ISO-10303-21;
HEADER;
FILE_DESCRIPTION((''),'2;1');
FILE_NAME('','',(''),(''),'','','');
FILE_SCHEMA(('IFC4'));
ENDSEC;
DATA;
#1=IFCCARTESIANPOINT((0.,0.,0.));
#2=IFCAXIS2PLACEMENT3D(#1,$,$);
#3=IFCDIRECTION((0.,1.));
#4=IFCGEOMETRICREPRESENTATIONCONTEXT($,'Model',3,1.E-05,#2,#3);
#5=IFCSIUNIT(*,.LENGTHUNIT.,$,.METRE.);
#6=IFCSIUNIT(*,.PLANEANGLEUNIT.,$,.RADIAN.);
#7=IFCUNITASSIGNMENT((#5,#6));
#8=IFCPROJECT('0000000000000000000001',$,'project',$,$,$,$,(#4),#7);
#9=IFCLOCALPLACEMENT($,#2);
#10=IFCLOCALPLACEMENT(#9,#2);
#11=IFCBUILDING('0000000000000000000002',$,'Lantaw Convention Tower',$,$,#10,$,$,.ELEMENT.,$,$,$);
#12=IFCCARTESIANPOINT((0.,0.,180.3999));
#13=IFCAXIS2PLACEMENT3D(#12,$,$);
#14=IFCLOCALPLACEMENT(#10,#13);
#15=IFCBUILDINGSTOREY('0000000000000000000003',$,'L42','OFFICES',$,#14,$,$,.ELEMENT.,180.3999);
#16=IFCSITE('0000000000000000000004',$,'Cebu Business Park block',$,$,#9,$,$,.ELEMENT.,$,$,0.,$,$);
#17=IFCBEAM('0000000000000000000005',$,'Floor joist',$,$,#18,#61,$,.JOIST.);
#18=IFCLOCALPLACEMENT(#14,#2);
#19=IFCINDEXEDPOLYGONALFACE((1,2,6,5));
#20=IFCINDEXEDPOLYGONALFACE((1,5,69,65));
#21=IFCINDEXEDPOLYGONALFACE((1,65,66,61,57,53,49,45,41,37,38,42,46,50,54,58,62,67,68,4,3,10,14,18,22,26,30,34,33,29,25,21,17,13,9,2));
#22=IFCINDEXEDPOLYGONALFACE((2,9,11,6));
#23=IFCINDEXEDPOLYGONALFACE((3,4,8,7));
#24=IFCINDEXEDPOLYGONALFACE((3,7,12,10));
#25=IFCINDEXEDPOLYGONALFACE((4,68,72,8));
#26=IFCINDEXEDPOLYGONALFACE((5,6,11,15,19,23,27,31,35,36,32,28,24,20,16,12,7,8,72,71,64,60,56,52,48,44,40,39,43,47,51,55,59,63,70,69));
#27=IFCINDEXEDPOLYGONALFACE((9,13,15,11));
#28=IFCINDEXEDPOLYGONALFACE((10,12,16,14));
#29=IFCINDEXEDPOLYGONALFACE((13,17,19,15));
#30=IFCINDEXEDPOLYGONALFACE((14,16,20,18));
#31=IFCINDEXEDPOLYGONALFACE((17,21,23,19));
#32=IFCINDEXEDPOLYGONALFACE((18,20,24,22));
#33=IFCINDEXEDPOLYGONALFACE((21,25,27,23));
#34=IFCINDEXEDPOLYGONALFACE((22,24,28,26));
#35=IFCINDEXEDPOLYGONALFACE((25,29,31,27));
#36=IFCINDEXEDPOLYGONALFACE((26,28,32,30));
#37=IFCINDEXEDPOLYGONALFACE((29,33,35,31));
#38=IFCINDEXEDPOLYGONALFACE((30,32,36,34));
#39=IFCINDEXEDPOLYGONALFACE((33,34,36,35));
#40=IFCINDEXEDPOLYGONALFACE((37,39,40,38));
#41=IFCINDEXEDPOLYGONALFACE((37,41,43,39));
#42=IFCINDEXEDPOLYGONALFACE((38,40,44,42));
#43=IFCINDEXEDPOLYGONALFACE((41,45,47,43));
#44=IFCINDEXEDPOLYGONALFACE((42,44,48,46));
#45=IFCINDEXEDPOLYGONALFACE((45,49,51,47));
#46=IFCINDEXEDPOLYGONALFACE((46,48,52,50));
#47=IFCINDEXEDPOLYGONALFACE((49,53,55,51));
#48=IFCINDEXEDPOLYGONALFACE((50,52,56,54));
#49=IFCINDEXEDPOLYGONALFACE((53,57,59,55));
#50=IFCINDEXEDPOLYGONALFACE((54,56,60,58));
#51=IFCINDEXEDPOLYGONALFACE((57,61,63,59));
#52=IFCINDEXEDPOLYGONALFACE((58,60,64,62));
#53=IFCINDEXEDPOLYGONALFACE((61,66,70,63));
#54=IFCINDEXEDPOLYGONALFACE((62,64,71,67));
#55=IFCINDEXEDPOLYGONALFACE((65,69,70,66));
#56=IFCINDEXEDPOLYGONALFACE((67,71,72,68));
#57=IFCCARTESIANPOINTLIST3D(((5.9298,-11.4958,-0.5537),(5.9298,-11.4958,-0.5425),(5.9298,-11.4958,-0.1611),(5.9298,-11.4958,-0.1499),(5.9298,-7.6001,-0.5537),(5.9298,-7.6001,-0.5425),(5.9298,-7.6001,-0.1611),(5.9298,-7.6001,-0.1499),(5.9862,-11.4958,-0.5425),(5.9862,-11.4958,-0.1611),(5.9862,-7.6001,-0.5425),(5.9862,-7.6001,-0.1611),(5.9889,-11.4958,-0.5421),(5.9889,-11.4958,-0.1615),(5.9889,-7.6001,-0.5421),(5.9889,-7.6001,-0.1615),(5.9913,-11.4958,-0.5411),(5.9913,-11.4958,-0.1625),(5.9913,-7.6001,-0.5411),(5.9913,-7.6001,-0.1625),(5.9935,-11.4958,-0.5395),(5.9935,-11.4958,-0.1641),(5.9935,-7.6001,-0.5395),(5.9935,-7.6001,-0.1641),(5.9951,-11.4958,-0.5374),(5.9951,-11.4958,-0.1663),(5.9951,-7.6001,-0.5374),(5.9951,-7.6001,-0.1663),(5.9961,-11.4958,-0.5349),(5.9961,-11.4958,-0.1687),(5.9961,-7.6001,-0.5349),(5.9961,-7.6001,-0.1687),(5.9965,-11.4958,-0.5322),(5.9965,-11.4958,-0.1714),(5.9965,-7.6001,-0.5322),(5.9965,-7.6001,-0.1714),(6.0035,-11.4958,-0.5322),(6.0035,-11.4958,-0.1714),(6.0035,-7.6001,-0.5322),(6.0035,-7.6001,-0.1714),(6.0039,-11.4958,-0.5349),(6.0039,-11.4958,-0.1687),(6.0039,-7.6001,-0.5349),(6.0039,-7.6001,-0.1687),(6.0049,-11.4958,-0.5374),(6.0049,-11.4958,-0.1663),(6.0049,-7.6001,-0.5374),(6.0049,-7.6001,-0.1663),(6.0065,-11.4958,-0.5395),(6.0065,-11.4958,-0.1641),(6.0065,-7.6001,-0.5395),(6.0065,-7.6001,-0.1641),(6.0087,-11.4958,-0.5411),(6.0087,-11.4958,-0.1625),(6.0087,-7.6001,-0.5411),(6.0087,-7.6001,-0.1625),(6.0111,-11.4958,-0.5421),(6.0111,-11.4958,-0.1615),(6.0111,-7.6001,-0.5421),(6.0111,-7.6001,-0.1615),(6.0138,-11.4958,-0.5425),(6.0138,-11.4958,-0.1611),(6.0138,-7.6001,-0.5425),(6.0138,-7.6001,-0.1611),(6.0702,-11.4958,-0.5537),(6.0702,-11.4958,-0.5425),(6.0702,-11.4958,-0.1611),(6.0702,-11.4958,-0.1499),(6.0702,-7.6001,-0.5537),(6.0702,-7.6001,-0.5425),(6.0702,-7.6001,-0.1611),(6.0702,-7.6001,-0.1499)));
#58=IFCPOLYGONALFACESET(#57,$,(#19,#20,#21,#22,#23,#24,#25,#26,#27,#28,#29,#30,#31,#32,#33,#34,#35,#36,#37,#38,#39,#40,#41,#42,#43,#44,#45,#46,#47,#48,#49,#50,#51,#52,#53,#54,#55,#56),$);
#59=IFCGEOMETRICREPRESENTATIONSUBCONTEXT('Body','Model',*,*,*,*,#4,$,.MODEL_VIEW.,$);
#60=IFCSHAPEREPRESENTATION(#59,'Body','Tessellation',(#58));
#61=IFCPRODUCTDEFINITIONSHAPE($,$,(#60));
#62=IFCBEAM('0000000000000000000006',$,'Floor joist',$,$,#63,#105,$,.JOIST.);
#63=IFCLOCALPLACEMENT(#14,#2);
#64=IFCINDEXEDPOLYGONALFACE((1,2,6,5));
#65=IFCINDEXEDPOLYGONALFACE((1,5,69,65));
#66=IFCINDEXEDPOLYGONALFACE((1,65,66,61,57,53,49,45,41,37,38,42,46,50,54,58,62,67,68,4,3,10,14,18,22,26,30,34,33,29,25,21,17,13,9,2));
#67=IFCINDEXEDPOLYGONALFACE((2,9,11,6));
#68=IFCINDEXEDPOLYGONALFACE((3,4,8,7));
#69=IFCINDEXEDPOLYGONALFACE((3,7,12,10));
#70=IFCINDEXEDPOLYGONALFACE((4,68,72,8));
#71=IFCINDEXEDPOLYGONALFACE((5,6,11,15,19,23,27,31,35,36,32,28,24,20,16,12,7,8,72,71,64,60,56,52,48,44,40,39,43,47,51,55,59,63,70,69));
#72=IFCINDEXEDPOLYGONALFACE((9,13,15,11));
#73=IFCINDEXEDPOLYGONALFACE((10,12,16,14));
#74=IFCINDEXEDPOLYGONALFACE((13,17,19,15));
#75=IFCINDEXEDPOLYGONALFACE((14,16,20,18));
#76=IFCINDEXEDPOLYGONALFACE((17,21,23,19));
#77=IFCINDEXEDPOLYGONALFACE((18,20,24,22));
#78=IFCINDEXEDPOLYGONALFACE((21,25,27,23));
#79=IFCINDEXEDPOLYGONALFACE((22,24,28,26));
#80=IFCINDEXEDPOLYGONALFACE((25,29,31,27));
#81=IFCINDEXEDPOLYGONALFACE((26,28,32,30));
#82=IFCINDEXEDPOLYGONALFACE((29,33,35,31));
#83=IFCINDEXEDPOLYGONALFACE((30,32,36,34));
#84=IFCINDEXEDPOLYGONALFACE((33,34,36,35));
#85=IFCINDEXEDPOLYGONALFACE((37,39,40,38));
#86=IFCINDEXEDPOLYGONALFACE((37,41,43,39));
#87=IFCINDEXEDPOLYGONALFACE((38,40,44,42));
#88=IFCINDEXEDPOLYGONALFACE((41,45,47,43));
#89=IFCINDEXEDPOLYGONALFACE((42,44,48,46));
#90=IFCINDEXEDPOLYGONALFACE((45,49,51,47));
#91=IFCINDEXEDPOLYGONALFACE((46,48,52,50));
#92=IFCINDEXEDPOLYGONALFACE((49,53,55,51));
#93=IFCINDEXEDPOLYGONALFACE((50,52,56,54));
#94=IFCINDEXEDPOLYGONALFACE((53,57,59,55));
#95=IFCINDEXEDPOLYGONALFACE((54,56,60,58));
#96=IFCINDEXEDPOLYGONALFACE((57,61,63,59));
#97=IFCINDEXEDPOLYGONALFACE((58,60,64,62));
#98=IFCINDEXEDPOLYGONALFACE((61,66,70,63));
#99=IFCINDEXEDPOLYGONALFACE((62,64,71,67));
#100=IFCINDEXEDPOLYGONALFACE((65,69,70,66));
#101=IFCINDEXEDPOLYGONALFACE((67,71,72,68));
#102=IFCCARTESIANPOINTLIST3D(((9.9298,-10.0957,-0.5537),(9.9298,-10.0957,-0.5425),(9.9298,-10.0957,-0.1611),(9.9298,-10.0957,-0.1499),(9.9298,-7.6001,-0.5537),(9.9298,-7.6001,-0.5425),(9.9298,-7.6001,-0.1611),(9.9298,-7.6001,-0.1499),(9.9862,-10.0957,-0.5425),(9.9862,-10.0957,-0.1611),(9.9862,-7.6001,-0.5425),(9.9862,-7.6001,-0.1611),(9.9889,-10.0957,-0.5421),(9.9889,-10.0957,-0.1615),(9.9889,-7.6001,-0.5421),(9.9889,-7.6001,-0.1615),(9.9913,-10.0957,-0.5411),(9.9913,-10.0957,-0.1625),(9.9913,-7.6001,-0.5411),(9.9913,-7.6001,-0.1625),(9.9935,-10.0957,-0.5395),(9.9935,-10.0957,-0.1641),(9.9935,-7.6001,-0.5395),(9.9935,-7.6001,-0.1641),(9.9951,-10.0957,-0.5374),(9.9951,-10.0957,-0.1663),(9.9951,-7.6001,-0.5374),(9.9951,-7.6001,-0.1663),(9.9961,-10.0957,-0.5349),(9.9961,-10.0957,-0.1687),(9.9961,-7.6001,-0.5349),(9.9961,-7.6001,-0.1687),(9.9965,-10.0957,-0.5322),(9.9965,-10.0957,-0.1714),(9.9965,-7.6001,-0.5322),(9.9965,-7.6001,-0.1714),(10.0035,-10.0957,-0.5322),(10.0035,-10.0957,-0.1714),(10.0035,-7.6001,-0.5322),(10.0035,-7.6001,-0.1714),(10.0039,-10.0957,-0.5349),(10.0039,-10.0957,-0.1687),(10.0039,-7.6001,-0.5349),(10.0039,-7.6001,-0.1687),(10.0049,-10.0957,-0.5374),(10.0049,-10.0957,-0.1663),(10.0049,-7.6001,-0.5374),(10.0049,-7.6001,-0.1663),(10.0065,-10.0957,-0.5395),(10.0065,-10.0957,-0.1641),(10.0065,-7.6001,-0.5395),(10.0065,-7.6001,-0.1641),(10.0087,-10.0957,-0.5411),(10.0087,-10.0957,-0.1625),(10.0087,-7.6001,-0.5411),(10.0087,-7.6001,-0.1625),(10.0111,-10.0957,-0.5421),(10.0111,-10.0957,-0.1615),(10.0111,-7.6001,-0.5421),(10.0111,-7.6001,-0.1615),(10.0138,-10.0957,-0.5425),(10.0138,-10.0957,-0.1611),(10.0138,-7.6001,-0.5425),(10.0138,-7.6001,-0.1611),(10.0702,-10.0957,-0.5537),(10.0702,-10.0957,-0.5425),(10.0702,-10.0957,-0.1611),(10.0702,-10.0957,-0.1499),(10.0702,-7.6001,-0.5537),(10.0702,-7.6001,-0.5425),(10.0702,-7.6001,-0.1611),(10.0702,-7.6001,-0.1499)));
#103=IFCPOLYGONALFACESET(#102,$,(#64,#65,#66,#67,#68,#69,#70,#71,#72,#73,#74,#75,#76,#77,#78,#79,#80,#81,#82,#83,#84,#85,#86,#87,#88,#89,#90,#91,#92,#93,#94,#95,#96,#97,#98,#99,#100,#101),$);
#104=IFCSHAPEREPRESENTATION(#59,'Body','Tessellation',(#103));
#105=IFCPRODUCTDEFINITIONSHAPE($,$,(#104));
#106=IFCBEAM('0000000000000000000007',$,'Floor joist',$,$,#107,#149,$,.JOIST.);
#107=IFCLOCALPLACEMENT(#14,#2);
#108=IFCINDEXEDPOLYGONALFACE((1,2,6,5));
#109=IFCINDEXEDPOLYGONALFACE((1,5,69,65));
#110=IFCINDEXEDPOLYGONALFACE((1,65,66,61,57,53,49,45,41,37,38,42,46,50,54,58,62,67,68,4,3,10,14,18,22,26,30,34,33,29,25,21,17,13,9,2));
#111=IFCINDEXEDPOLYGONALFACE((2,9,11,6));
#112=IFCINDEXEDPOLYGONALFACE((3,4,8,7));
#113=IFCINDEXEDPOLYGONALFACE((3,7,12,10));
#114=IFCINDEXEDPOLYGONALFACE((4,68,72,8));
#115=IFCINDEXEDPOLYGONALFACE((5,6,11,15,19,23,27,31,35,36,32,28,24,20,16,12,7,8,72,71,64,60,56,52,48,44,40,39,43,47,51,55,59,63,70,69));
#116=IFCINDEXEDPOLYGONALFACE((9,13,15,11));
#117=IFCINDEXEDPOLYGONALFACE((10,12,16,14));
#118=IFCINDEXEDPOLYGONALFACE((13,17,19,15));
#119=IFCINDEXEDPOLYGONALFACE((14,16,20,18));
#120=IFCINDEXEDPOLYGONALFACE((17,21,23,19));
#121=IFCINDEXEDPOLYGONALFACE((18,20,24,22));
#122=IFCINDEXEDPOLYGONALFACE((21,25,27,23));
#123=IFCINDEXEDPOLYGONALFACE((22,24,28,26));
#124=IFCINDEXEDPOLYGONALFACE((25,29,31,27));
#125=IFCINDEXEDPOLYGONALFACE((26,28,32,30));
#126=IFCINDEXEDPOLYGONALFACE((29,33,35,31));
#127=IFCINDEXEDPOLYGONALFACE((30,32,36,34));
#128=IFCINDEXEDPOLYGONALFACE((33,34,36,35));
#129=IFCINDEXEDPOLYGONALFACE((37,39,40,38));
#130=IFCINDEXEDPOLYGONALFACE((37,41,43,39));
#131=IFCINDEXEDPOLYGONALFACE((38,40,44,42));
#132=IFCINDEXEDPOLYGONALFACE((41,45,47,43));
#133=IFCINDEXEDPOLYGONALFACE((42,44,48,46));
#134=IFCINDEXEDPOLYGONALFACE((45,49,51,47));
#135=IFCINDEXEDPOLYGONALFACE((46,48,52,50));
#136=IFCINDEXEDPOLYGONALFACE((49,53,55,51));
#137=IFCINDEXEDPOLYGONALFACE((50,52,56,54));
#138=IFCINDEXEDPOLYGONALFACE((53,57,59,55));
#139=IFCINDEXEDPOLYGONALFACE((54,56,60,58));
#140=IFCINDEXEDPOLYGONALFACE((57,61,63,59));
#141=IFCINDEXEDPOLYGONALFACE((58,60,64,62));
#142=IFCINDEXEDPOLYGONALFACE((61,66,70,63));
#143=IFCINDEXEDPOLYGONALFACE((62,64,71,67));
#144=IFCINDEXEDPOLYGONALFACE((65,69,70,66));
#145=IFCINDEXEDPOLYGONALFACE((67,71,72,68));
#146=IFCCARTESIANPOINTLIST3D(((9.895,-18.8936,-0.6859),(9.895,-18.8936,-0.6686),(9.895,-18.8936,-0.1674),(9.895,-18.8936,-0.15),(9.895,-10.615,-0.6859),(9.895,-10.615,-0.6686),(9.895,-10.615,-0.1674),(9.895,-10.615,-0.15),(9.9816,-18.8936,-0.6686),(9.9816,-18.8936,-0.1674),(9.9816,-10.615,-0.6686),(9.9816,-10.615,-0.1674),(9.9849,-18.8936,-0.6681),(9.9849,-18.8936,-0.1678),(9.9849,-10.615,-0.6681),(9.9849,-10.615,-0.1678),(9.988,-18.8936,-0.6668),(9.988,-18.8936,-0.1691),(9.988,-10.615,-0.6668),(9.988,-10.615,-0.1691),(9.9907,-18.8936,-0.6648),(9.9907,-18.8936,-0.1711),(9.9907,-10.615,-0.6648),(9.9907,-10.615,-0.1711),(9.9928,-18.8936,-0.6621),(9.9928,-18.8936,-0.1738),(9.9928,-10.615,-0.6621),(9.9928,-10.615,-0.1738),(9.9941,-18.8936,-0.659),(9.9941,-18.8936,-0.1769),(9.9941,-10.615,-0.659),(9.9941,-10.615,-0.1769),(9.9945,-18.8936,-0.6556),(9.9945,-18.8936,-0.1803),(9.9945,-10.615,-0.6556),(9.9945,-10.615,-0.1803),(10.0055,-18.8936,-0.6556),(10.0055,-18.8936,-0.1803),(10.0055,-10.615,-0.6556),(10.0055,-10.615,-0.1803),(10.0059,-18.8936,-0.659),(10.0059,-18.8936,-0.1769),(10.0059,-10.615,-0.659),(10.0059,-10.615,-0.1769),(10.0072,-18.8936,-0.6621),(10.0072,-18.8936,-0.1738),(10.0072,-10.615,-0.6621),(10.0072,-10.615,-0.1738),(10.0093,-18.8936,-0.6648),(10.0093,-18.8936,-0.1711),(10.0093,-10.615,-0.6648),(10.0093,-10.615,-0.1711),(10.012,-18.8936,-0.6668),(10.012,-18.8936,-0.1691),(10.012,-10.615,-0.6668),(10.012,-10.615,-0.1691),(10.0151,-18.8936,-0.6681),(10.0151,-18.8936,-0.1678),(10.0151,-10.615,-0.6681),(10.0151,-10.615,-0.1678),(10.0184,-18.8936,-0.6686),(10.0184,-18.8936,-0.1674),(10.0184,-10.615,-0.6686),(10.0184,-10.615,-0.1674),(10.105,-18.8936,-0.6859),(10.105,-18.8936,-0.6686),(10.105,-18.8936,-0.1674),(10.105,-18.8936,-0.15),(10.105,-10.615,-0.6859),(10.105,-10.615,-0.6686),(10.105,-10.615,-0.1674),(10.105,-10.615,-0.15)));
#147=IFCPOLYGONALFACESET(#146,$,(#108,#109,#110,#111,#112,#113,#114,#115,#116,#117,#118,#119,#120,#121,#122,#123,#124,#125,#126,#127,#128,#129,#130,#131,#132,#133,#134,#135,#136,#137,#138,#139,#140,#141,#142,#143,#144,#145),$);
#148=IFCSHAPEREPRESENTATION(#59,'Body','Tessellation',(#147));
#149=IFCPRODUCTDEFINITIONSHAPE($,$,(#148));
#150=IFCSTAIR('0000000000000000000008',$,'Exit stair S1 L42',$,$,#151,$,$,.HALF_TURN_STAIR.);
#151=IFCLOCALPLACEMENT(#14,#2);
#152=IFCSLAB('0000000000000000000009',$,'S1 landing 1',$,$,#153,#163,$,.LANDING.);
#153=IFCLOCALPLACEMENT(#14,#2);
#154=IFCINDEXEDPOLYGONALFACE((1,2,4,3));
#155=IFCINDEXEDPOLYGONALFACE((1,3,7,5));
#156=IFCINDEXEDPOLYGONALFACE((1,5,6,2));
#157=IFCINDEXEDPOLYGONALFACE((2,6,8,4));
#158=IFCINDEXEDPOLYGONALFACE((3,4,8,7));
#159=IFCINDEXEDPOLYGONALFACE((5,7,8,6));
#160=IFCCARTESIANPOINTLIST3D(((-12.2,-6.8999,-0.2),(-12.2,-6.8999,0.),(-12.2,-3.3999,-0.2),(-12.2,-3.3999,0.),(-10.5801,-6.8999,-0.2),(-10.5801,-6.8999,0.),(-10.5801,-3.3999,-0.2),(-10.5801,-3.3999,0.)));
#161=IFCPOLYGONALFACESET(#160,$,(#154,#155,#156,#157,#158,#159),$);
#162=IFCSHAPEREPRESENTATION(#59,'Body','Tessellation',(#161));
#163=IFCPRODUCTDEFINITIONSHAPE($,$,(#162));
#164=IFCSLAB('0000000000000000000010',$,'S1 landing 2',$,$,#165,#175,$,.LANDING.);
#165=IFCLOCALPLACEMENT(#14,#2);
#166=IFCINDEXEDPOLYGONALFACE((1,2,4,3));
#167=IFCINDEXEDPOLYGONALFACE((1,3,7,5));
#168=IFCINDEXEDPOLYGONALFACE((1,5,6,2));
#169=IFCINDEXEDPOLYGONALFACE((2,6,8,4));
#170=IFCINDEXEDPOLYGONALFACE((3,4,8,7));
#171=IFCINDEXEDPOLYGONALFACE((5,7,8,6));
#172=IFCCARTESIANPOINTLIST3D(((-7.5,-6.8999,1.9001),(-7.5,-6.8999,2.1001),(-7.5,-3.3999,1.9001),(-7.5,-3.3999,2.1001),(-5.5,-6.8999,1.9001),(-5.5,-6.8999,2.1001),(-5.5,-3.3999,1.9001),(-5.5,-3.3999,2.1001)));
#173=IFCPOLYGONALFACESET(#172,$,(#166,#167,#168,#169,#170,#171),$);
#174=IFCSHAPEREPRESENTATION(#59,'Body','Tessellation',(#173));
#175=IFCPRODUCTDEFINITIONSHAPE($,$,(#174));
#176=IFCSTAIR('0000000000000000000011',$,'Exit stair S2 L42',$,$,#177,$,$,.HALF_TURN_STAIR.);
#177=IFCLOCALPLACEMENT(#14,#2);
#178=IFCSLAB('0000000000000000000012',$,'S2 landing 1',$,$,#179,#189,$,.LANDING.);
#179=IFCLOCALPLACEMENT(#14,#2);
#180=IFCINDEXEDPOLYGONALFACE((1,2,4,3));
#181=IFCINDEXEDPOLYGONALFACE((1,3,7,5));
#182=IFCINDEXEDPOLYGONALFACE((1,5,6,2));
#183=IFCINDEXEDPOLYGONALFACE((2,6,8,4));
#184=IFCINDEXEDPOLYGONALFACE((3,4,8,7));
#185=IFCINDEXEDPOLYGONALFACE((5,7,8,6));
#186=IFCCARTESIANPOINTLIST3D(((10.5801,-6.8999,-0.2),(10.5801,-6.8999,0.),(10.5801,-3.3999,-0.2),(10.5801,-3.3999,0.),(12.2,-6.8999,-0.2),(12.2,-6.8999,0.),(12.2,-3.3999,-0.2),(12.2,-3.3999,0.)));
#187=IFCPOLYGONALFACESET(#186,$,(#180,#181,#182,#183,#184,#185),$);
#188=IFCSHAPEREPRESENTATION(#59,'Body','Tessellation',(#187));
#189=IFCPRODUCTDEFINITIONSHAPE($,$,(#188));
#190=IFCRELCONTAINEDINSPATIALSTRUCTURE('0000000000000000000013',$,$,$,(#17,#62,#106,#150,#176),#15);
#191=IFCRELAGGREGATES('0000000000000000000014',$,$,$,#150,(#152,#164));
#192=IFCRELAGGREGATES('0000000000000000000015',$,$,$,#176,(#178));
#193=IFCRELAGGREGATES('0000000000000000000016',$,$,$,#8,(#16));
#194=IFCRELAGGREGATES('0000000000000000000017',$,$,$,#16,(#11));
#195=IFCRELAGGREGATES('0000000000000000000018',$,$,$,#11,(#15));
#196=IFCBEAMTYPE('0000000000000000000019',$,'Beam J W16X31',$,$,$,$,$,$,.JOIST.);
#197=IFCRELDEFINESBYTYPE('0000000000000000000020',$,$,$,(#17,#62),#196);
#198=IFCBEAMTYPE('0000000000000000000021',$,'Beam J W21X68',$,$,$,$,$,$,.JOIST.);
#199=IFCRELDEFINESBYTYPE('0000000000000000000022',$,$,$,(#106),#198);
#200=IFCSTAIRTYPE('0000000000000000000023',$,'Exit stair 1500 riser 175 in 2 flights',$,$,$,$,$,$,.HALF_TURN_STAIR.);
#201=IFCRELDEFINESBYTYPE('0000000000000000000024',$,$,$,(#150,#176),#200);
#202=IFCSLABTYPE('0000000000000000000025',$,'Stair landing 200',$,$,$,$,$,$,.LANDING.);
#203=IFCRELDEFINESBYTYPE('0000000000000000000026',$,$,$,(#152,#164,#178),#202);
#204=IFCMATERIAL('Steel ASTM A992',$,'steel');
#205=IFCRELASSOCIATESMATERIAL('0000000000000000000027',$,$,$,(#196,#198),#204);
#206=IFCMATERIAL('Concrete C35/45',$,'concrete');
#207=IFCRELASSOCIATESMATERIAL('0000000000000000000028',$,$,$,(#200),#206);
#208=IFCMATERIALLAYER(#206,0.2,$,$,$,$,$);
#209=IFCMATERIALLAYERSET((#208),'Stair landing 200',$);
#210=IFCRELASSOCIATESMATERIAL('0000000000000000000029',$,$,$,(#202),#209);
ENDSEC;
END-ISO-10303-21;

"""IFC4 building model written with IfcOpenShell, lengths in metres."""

from ifc_helpers import new_model, si_unit, direction, frame, origin, origin_2d, place, context, subcontext, project, spatial, polyline, i_section, outline, extrude, material, layer, layer_set, material_profile, profile_set, type_object, element, aggregate, save


model = new_model("IFC4")

# Units and contexts
model_context = context("Model", 3, precision=1e-05, world=origin(), true_north=direction((0.0, 1.0)))
body_context = subcontext(model_context, "Body", "Model", "MODEL_VIEW")
ifc_project = project(units=[si_unit("LENGTHUNIT", "METRE"), si_unit("PLANEANGLEUNIT", "RADIAN")], contexts=[model_context])

# Site, building, storey
site_placement = place(None, origin())
site = spatial("IfcSite", under=ifc_project, at=site_placement, Name="Cebu Business Park block", CompositionType="ELEMENT", RefElevation=0.0)
building_placement = place(site_placement, origin())
building = spatial("IfcBuilding", under=site, at=building_placement, Name="Lantaw Convention Tower", CompositionType="ELEMENT")
storey_placement = place(building_placement, frame((0.0, 0.0, 180.3999)))
storey = spatial("IfcBuildingStorey", under=building, at=storey_placement, Name="L42", Description="OFFICES", CompositionType="ELEMENT", Elevation=180.3999)

# Beams
ifc_material_1 = material(Name="Steel ASTM A992", Category="steel")
ifc_material_profile_1 = material_profile(ifc_material_1, i_section(OverallWidth=0.1404, OverallDepth=0.4038, WebThickness=0.0071, FlangeThickness=0.0112, FilletRadius=0.0103, at=origin_2d()), Name="W16X31")
ifc_profile_set_1 = profile_set([ifc_material_profile_1], Name="Steel ASTM A992")
beam_type_1 = type_object("IfcBeamType", Name="Beam J W16X31", PredefinedType="JOIST", material=ifc_profile_set_1)
beam_1_placement = place(storey_placement, frame((6.0, -11.4958, -0.3518), z_axis=(0.0, 1.0, 0.0), x_axis=(-1.0, 0.0, 0.0)))
element("IfcBeam", 1, at=beam_1_placement, inside=storey, type_object=beam_type_1, Name="Floor joist", PredefinedType="JOIST", context=body_context, shape_type="SweptSolid", body=[
    extrude(i_section(OverallWidth=0.1404, OverallDepth=0.4038, WebThickness=0.0071, FlangeThickness=0.0112, FilletRadius=0.0103, at=origin_2d()), origin(), (0.0, 0.0, 1.0), 3.8958),
])
beam_2_placement = place(storey_placement, frame((10.0, -10.0957, -0.3518), z_axis=(0.0, 1.0, 0.0), x_axis=(-1.0, 0.0, 0.0)))
element("IfcBeam", 2, at=beam_2_placement, inside=storey, type_object=beam_type_1, Name="Floor joist", PredefinedType="JOIST", context=body_context, shape_type="SweptSolid", body=[
    extrude(i_section(OverallWidth=0.1404, OverallDepth=0.4038, WebThickness=0.0071, FlangeThickness=0.0112, FilletRadius=0.0103, at=origin_2d()), origin(), (0.0, 0.0, 1.0), 2.4956),
])
ifc_material_profile_2 = material_profile(ifc_material_1, i_section(OverallWidth=0.21, OverallDepth=0.5359, WebThickness=0.011, FlangeThickness=0.0173, FilletRadius=0.0129, at=origin_2d()), Name="W21X68")
ifc_profile_set_2 = profile_set([ifc_material_profile_2], Name="Steel ASTM A992")
beam_type_2 = type_object("IfcBeamType", Name="Beam J W21X68", PredefinedType="JOIST", material=ifc_profile_set_2)
beam_3_placement = place(storey_placement, frame((10.0, -18.8936, -0.418), z_axis=(0.0, 1.0, 0.0), x_axis=(-1.0, 0.0, 0.0)))
element("IfcBeam", 3, at=beam_3_placement, inside=storey, type_object=beam_type_2, Name="Floor joist", PredefinedType="JOIST", context=body_context, shape_type="SweptSolid", body=[
    extrude(i_section(OverallWidth=0.21, OverallDepth=0.5359, WebThickness=0.011, FlangeThickness=0.0173, FilletRadius=0.0129, at=origin_2d()), origin(), (0.0, 0.0, 1.0), 8.2786),
])

# Stair, slabs
ifc_material_2 = material(Name="Concrete C35/45", Category="concrete")
stair_type = type_object("IfcStairType", Name="Exit stair 1500 riser 175 in 2 flights", PredefinedType="HALF_TURN_STAIR", material=ifc_material_2)
stair_1_placement = place(storey_placement, origin())
stair_1 = element("IfcStair", 4, at=stair_1_placement, inside=storey, type_object=stair_type, Name="Exit stair S1 L42", PredefinedType="HALF_TURN_STAIR")
ifc_layer_1 = layer(ifc_material_2, 0.2)
ifc_layer_set_1 = layer_set([ifc_layer_1], Name="Stair landing 200")
slab_type = type_object("IfcSlabType", Name="Stair landing 200", PredefinedType="LANDING", material=ifc_layer_set_1)
slab_1_placement = place(storey_placement, frame((0.0, 0.0, -0.2)))
slab_1 = element("IfcSlab", 5, at=slab_1_placement, type_object=slab_type, Name="S1 landing 1", PredefinedType="LANDING", context=body_context, shape_type="SweptSolid", body=[
    extrude(outline(polyline([(-12.2, -6.8999), (-10.5801, -6.8999), (-10.5801, -3.3999), (-12.2, -3.3999), (-12.2, -6.8999)])), origin(), (0.0, 0.0, 1.0), 0.2),
])
slab_2_placement = place(storey_placement, frame((0.0, 0.0, 1.9001)))
slab_2 = element("IfcSlab", 6, at=slab_2_placement, type_object=slab_type, Name="S1 landing 2", PredefinedType="LANDING", context=body_context, shape_type="SweptSolid", body=[
    extrude(outline(polyline([(-7.5, -6.8999), (-5.5, -6.8999), (-5.5, -3.3999), (-7.5, -3.3999), (-7.5, -6.8999)])), origin(), (0.0, 0.0, 1.0), 0.2),
])
aggregate(stair_1, [slab_1, slab_2])

# Stair, slab
stair_2_placement = place(storey_placement, origin())
stair_2 = element("IfcStair", 7, at=stair_2_placement, inside=storey, type_object=stair_type, Name="Exit stair S2 L42", PredefinedType="HALF_TURN_STAIR")
slab_3_placement = place(storey_placement, frame((0.0, 0.0, -0.2)))
slab_3 = element("IfcSlab", 8, at=slab_3_placement, type_object=slab_type, Name="S2 landing 1", PredefinedType="LANDING", context=body_context, shape_type="SweptSolid", body=[
    extrude(outline(polyline([(10.5801, -6.8999), (12.2, -6.8999), (12.2, -3.3999), (10.5801, -3.3999), (10.5801, -6.8999)])), origin(), (0.0, 0.0, 1.0), 0.2),
])
aggregate(stair_2, [slab_3])

save(model, "model.ifc")
